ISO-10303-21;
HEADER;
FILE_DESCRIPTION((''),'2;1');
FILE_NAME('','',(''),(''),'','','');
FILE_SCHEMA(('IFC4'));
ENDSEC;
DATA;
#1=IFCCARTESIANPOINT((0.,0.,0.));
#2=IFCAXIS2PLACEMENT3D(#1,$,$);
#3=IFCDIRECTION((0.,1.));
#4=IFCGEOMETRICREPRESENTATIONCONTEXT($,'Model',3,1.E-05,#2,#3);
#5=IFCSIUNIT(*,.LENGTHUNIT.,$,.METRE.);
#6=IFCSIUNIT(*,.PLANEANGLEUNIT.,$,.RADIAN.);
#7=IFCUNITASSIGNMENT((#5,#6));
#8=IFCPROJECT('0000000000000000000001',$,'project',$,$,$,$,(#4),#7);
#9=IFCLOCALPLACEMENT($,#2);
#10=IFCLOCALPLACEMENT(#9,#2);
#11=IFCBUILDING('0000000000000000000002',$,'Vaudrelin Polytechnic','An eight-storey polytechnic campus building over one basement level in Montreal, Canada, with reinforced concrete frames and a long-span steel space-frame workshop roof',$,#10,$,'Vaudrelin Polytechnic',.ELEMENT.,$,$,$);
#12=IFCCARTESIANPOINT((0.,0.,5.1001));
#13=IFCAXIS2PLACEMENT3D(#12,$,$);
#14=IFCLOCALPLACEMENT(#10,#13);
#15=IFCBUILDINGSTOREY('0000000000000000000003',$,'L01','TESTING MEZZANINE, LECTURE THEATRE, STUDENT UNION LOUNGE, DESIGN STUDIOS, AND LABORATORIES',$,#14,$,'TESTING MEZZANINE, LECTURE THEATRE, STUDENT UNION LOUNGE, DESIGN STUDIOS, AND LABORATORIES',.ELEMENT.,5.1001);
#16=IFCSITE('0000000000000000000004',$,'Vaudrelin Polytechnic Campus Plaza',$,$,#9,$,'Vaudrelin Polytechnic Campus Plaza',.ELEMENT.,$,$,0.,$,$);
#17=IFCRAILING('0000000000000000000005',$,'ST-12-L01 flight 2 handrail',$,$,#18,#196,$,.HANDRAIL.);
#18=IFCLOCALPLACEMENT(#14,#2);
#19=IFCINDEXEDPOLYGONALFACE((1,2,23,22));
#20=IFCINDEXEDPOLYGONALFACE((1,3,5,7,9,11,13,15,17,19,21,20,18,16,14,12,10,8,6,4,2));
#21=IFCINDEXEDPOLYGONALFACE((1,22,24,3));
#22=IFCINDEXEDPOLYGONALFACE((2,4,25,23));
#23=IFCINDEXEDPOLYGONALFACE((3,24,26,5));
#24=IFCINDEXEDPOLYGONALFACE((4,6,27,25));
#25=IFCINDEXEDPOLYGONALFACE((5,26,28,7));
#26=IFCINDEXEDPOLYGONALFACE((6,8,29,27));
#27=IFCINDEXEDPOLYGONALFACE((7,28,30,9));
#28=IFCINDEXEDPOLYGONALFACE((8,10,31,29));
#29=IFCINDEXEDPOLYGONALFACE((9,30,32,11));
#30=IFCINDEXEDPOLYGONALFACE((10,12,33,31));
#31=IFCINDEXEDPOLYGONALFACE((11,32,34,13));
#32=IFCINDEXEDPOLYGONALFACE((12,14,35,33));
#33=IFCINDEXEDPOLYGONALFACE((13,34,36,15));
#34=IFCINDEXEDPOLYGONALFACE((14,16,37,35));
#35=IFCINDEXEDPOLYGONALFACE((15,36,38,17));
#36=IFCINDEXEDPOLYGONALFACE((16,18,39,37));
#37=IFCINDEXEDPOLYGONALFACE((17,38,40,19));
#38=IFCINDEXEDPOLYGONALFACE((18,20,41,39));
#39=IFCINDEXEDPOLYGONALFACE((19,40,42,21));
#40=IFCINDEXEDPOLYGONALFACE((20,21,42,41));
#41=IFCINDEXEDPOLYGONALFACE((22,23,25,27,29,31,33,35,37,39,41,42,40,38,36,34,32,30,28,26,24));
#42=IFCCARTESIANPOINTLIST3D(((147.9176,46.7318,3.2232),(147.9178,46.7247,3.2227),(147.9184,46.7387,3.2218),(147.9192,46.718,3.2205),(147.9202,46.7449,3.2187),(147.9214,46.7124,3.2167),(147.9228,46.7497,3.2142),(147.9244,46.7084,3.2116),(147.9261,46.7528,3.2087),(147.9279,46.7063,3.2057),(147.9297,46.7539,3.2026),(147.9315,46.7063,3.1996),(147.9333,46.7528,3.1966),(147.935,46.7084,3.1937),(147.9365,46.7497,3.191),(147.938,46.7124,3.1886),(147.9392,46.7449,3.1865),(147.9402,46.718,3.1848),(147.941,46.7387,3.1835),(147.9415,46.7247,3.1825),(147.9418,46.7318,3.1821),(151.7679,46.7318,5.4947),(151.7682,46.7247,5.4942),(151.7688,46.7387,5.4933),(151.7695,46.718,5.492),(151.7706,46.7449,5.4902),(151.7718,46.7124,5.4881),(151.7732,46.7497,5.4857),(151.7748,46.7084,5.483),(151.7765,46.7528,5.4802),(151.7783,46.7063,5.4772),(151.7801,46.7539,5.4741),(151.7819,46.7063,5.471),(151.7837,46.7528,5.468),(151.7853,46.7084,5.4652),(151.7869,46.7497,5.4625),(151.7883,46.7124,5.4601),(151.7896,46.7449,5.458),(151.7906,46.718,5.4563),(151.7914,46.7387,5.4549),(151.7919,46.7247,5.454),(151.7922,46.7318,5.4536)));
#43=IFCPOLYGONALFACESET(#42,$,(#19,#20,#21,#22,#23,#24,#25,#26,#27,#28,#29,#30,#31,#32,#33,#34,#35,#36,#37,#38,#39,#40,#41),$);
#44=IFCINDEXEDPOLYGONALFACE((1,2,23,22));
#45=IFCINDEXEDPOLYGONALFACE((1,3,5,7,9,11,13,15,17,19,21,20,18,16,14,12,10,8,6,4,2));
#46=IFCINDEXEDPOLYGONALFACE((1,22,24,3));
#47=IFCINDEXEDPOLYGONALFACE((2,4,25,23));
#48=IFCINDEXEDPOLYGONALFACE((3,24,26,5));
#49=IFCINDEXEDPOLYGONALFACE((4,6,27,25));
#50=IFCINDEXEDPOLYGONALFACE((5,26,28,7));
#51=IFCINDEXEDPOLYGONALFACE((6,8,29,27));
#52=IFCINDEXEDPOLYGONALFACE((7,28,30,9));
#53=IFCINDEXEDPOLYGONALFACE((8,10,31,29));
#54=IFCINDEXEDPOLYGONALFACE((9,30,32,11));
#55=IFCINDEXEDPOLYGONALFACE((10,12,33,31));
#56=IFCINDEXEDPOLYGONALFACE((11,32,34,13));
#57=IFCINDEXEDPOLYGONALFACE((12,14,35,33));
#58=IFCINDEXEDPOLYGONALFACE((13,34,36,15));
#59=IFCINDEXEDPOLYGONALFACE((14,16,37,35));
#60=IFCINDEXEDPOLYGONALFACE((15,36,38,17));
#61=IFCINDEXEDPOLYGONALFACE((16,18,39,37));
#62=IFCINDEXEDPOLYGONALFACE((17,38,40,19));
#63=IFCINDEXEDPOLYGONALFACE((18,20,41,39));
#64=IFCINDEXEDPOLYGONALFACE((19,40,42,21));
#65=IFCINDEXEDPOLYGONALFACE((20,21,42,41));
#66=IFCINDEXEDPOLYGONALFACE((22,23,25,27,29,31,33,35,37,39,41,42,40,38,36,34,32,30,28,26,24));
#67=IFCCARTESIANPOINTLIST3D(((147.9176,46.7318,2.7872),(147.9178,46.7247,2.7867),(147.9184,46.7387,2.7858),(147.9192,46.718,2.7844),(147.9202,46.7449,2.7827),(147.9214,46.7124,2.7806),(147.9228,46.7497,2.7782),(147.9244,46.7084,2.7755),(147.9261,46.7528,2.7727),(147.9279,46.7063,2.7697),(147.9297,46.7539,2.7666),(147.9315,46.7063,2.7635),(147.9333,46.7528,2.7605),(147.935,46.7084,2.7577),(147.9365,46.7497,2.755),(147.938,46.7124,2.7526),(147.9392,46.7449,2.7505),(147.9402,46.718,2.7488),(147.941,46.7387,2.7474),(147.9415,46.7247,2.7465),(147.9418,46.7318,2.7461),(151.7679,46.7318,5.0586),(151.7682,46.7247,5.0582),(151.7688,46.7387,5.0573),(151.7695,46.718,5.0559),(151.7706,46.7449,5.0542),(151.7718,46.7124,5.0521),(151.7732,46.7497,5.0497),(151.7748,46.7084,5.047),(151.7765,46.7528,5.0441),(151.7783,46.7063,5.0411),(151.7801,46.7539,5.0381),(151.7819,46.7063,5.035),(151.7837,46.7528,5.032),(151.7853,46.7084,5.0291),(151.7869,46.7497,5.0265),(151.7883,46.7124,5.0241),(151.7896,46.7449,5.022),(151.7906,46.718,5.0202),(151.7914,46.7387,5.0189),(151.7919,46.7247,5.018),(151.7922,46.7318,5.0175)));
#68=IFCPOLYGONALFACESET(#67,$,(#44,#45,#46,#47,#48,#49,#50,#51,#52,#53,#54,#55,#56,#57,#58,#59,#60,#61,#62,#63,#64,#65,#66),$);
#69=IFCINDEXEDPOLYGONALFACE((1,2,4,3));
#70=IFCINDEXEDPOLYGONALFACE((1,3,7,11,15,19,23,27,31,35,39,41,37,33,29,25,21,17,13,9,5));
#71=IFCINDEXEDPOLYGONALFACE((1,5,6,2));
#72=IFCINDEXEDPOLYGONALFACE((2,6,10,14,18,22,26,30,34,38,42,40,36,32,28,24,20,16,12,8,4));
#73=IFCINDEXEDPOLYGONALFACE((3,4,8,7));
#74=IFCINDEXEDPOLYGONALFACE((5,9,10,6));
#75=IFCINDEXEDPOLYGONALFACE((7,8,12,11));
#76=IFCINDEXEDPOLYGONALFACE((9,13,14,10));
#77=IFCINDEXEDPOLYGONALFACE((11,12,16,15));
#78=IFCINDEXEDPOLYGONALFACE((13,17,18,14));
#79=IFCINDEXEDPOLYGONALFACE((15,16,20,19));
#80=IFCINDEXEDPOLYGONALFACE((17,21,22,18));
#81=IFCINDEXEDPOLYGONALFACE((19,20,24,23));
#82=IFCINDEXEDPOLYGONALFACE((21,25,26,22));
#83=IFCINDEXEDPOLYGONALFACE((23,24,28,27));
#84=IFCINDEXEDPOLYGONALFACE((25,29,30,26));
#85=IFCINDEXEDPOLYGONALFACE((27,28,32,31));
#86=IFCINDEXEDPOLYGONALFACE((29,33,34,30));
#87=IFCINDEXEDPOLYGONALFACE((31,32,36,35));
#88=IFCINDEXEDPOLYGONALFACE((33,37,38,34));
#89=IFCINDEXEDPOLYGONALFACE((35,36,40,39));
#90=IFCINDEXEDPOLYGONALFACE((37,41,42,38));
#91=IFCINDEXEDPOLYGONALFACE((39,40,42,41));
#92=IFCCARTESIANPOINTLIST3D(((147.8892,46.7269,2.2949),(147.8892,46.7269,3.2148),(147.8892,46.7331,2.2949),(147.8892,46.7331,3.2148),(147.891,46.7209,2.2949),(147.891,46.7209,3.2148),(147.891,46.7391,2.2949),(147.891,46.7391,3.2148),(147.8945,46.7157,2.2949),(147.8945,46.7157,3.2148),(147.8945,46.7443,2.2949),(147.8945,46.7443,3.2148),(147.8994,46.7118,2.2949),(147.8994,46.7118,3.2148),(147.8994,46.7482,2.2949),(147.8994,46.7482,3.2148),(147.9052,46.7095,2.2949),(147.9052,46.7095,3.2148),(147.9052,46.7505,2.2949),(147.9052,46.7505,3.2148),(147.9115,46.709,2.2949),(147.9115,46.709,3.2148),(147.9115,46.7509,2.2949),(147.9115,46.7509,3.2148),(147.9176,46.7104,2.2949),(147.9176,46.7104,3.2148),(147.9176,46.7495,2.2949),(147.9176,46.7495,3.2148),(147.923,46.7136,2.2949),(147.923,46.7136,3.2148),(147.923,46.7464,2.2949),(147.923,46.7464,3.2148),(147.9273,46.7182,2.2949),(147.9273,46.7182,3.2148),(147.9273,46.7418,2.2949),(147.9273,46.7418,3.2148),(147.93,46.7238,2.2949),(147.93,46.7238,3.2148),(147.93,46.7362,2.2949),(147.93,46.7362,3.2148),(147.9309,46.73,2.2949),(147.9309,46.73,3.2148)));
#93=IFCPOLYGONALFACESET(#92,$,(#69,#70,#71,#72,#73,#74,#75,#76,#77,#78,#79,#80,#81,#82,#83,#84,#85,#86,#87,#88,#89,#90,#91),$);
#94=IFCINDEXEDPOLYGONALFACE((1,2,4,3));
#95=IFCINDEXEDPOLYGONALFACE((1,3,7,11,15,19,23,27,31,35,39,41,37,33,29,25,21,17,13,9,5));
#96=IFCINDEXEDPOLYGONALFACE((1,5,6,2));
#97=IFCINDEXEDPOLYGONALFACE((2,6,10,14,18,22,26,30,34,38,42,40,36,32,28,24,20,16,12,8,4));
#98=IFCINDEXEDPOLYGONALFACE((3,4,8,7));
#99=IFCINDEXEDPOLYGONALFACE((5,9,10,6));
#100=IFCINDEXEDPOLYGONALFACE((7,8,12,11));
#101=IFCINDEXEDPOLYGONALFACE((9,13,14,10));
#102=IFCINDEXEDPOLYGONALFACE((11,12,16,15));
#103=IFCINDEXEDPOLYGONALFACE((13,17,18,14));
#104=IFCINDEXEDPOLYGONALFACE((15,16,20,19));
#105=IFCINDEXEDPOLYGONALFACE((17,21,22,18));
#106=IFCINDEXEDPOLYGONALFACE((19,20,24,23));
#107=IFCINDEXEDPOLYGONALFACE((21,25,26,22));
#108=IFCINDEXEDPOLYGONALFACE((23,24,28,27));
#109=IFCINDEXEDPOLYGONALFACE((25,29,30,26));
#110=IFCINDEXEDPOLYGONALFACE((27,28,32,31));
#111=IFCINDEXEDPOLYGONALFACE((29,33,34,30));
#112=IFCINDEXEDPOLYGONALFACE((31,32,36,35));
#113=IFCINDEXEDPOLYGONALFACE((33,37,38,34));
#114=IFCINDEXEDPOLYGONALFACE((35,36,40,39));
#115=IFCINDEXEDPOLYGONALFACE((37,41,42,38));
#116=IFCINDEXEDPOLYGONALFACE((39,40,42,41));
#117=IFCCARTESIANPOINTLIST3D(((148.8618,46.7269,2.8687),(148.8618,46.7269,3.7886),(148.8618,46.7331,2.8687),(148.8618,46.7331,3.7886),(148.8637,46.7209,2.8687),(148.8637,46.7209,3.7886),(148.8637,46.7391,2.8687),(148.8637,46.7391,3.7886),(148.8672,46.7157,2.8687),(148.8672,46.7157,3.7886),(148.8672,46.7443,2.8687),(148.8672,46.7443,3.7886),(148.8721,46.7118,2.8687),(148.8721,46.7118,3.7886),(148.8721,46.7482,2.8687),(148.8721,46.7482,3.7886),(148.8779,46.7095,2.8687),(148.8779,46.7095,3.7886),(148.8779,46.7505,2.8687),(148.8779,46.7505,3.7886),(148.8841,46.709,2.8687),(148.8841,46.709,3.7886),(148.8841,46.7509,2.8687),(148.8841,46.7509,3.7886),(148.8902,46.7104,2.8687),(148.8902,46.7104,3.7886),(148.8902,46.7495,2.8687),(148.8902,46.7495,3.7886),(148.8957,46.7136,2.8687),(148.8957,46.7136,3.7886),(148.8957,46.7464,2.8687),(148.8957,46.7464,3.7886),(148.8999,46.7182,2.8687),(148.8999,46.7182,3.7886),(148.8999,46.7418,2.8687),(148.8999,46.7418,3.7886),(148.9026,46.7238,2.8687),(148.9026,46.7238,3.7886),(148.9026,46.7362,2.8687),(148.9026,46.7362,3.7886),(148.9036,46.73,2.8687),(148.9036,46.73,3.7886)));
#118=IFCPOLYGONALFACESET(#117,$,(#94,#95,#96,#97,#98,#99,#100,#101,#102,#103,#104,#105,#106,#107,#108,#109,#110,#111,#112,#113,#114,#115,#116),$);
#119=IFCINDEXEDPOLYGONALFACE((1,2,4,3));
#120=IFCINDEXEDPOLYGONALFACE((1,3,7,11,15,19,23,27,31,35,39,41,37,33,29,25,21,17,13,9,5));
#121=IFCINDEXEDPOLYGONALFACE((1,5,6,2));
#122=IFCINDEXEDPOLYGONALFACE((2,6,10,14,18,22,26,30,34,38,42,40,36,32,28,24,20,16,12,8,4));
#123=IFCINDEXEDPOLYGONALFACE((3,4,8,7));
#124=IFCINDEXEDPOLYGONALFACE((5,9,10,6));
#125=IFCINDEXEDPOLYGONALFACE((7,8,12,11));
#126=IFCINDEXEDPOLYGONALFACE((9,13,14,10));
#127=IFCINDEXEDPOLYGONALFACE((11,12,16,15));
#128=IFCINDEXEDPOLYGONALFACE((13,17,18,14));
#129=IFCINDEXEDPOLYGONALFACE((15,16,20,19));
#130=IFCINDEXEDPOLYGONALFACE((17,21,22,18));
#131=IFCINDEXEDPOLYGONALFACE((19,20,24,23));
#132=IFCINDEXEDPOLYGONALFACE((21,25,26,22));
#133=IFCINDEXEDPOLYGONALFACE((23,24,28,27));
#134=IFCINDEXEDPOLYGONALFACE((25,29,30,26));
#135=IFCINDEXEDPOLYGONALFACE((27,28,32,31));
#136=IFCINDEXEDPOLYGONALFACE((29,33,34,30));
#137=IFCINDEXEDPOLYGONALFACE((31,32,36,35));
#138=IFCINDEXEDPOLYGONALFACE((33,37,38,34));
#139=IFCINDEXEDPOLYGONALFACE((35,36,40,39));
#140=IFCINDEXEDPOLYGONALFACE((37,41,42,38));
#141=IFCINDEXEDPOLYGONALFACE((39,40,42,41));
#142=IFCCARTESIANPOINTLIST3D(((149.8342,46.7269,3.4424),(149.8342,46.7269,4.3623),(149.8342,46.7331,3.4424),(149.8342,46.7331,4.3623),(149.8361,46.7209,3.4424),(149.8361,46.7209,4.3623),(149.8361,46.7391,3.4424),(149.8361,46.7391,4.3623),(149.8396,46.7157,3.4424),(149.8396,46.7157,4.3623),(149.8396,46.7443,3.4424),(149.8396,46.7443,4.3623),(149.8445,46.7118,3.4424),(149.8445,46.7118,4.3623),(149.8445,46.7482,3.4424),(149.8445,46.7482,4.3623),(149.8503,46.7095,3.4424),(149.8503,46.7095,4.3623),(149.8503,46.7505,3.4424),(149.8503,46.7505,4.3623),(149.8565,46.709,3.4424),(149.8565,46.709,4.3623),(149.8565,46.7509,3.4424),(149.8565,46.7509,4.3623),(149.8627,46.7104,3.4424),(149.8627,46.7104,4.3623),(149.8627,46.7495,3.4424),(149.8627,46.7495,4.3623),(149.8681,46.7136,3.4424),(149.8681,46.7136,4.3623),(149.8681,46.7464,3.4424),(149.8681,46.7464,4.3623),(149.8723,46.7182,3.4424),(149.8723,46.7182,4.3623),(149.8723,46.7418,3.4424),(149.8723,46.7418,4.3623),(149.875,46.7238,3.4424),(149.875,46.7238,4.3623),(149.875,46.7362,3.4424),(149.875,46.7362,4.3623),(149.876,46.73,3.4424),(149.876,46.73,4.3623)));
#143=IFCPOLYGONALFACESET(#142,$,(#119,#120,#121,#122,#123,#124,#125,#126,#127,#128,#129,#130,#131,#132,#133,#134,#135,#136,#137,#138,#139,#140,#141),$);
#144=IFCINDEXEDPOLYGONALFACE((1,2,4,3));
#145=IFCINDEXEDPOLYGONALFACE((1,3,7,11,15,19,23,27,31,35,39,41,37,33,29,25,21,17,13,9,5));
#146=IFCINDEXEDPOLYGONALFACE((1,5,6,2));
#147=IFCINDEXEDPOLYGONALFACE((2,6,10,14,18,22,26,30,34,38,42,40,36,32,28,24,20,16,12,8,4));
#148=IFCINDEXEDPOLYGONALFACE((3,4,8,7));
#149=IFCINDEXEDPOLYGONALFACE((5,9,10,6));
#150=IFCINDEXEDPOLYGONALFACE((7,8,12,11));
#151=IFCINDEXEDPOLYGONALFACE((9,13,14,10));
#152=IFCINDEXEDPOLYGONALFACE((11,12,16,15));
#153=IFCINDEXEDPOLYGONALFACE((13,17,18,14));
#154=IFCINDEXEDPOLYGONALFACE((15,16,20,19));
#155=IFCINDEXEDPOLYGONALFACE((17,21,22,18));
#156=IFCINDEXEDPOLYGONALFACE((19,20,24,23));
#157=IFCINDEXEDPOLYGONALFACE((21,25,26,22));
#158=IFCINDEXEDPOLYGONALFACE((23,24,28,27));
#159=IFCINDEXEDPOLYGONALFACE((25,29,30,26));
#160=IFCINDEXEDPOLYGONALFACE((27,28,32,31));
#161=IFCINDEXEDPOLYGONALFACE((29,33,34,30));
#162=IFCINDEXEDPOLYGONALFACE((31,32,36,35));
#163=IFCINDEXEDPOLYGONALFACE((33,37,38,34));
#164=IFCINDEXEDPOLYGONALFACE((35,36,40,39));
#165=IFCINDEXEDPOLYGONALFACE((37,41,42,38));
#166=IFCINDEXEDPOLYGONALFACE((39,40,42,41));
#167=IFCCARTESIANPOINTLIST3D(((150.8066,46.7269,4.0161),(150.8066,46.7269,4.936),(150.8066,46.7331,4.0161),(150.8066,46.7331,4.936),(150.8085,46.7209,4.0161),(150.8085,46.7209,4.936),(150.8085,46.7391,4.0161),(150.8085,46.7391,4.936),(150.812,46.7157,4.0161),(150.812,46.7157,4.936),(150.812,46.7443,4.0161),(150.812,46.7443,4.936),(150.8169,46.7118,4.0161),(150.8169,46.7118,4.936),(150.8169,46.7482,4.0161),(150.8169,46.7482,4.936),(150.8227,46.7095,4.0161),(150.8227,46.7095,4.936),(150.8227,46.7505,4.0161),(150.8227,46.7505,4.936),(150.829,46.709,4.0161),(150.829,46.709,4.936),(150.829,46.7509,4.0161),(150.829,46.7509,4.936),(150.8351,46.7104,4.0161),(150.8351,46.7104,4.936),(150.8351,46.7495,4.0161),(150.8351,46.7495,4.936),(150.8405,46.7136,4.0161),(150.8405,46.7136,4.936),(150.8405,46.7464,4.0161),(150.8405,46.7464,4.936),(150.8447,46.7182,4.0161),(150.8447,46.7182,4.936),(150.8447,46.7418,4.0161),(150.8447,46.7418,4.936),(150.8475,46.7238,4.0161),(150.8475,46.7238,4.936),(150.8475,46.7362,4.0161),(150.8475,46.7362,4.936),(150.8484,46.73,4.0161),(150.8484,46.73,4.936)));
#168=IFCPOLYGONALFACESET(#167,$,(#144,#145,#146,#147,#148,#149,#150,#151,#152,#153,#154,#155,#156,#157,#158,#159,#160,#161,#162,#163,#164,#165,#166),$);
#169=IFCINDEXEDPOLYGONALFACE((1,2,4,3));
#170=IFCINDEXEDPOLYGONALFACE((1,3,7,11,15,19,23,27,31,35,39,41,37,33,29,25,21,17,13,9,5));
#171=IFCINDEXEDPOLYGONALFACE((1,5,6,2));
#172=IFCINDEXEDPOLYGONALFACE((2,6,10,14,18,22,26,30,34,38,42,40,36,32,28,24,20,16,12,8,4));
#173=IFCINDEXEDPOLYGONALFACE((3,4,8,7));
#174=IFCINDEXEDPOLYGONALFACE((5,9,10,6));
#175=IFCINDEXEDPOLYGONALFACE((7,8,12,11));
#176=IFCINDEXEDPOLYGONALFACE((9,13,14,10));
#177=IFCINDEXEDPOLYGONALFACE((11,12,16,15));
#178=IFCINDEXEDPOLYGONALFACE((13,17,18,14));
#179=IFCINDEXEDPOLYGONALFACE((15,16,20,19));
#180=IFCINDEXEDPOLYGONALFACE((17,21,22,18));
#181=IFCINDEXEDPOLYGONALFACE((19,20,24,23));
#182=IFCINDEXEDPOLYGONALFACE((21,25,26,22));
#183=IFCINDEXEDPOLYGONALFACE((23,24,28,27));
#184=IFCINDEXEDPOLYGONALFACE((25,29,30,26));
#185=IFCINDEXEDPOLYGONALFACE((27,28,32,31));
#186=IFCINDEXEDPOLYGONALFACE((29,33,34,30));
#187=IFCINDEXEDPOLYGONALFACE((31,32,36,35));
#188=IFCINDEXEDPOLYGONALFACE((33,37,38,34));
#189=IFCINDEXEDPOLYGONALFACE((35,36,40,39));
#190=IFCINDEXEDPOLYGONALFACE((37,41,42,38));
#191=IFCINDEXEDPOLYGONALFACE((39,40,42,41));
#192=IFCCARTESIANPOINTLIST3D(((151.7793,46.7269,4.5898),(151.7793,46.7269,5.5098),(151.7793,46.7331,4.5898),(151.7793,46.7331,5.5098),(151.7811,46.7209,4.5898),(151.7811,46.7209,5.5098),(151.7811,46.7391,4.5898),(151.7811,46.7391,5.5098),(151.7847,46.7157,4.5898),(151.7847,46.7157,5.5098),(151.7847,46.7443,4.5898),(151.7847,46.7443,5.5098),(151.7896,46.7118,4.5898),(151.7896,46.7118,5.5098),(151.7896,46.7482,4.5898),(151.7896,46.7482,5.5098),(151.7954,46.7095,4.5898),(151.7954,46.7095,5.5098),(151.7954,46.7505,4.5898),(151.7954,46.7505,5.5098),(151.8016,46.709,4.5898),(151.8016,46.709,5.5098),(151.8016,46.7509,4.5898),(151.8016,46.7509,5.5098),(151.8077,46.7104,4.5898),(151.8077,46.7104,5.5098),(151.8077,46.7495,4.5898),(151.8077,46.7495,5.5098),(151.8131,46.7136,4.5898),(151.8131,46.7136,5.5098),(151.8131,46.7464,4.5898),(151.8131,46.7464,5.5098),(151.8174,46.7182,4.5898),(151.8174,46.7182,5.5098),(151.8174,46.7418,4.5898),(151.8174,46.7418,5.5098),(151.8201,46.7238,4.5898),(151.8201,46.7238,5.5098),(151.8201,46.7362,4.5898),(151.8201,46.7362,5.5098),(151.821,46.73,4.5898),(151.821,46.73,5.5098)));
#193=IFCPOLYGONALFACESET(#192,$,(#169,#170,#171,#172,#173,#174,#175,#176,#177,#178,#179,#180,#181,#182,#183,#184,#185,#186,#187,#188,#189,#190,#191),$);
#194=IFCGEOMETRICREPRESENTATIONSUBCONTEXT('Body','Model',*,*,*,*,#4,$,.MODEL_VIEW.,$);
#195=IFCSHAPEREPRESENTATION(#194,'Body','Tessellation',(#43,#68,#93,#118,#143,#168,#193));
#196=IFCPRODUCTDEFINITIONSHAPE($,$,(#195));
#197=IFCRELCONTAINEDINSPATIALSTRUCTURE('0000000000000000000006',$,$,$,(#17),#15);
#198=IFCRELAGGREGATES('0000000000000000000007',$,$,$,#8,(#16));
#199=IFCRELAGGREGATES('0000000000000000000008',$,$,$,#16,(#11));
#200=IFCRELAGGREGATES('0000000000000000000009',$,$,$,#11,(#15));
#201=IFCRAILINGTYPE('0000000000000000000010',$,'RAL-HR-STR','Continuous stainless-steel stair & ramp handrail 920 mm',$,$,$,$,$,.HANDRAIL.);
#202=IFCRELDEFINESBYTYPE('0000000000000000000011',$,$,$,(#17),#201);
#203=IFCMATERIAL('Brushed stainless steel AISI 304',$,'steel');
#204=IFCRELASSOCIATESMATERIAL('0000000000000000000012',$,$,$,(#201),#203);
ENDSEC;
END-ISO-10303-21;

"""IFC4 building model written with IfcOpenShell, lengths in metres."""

from ifc_helpers import new_model, si_unit, direction, frame, origin, origin_2d, place, context, subcontext, project, spatial, circle, extrude, material, type_object, element, save


model = new_model("IFC4")

# Units and contexts
model_context = context("Model", 3, precision=1e-05, world=origin(), true_north=direction((0.0, 1.0)))
body_context = subcontext(model_context, "Body", "Model", "MODEL_VIEW")
ifc_project = project(units=[si_unit("LENGTHUNIT", "METRE"), si_unit("PLANEANGLEUNIT", "RADIAN")], contexts=[model_context])

# Site, building, storey
site_placement = place(None, origin())
site = spatial("IfcSite", under=ifc_project, at=site_placement, Name="Vaudrelin Polytechnic Campus Plaza", LongName="Vaudrelin Polytechnic Campus Plaza", CompositionType="ELEMENT", RefElevation=0.0)
building_placement = place(site_placement, origin())
building = spatial("IfcBuilding", under=site, at=building_placement, Name="Vaudrelin Polytechnic", Description="An eight-storey polytechnic campus building over one basement level in Montreal, Canada, with reinforced concrete frames and a long-span steel space-frame workshop roof", LongName="Vaudrelin Polytechnic", CompositionType="ELEMENT")
storey_placement = place(building_placement, frame((0.0, 0.0, 5.1001)))
storey = spatial("IfcBuildingStorey", under=building, at=storey_placement, Name="L01", Description="TESTING MEZZANINE, LECTURE THEATRE, STUDENT UNION LOUNGE, DESIGN STUDIOS, AND LABORATORIES", LongName="TESTING MEZZANINE, LECTURE THEATRE, STUDENT UNION LOUNGE, DESIGN STUDIOS, AND LABORATORIES", CompositionType="ELEMENT", Elevation=5.1001)

# Railing
ifc_material_1 = material(Name="Brushed stainless steel AISI 304", Category="steel")
railing_type_1 = type_object("IfcRailingType", Name="RAL-HR-STR", Description="Continuous stainless-steel stair & ramp handrail 920 mm", PredefinedType="HANDRAIL", material=ifc_material_1)
railing_1_placement = place(storey_placement, frame((147.9099, 46.73, 2.2949)))
element("IfcRailing", 1, at=railing_1_placement, inside=storey, type_object=railing_type_1, Name="ST-12-L01 flight 2 handrail", PredefinedType="HANDRAIL", context=body_context, shape_type="SweptSolid", body=[
    extrude(circle(Radius=0.0239, at=origin_2d()), frame((0.0198, 0.0, 0.9077), z_axis=(0.861294, 0.0, 0.508106), x_axis=(0.0, 1.0, 0.0)), (0.0, 0.0, 1.0), 4.4705),
    extrude(circle(Radius=0.0239, at=origin_2d()), frame((0.0198, 0.0, 0.4717), z_axis=(0.861294, 0.0, 0.508106), x_axis=(0.0, 1.0, 0.0)), (0.0, 0.0, 1.0), 4.4705),
    extrude(circle(Radius=0.021, at=origin_2d()), origin(), (0.0, 0.0, 1.0), 0.9199),
    extrude(circle(Radius=0.021, at=origin_2d()), frame((0.9727, 0.0, 0.5737)), (0.0, 0.0, 1.0), 0.9199),
    extrude(circle(Radius=0.021, at=origin_2d()), frame((1.9451, 0.0, 1.1475)), (0.0, 0.0, 1.0), 0.9199),
    extrude(circle(Radius=0.021, at=origin_2d()), frame((2.9175, 0.0, 1.7212)), (0.0, 0.0, 1.0), 0.9199),
    extrude(circle(Radius=0.021, at=origin_2d()), frame((3.8901, 0.0, 2.2949)), (0.0, 0.0, 1.0), 0.9199),
])

save(model, "model.ifc")
